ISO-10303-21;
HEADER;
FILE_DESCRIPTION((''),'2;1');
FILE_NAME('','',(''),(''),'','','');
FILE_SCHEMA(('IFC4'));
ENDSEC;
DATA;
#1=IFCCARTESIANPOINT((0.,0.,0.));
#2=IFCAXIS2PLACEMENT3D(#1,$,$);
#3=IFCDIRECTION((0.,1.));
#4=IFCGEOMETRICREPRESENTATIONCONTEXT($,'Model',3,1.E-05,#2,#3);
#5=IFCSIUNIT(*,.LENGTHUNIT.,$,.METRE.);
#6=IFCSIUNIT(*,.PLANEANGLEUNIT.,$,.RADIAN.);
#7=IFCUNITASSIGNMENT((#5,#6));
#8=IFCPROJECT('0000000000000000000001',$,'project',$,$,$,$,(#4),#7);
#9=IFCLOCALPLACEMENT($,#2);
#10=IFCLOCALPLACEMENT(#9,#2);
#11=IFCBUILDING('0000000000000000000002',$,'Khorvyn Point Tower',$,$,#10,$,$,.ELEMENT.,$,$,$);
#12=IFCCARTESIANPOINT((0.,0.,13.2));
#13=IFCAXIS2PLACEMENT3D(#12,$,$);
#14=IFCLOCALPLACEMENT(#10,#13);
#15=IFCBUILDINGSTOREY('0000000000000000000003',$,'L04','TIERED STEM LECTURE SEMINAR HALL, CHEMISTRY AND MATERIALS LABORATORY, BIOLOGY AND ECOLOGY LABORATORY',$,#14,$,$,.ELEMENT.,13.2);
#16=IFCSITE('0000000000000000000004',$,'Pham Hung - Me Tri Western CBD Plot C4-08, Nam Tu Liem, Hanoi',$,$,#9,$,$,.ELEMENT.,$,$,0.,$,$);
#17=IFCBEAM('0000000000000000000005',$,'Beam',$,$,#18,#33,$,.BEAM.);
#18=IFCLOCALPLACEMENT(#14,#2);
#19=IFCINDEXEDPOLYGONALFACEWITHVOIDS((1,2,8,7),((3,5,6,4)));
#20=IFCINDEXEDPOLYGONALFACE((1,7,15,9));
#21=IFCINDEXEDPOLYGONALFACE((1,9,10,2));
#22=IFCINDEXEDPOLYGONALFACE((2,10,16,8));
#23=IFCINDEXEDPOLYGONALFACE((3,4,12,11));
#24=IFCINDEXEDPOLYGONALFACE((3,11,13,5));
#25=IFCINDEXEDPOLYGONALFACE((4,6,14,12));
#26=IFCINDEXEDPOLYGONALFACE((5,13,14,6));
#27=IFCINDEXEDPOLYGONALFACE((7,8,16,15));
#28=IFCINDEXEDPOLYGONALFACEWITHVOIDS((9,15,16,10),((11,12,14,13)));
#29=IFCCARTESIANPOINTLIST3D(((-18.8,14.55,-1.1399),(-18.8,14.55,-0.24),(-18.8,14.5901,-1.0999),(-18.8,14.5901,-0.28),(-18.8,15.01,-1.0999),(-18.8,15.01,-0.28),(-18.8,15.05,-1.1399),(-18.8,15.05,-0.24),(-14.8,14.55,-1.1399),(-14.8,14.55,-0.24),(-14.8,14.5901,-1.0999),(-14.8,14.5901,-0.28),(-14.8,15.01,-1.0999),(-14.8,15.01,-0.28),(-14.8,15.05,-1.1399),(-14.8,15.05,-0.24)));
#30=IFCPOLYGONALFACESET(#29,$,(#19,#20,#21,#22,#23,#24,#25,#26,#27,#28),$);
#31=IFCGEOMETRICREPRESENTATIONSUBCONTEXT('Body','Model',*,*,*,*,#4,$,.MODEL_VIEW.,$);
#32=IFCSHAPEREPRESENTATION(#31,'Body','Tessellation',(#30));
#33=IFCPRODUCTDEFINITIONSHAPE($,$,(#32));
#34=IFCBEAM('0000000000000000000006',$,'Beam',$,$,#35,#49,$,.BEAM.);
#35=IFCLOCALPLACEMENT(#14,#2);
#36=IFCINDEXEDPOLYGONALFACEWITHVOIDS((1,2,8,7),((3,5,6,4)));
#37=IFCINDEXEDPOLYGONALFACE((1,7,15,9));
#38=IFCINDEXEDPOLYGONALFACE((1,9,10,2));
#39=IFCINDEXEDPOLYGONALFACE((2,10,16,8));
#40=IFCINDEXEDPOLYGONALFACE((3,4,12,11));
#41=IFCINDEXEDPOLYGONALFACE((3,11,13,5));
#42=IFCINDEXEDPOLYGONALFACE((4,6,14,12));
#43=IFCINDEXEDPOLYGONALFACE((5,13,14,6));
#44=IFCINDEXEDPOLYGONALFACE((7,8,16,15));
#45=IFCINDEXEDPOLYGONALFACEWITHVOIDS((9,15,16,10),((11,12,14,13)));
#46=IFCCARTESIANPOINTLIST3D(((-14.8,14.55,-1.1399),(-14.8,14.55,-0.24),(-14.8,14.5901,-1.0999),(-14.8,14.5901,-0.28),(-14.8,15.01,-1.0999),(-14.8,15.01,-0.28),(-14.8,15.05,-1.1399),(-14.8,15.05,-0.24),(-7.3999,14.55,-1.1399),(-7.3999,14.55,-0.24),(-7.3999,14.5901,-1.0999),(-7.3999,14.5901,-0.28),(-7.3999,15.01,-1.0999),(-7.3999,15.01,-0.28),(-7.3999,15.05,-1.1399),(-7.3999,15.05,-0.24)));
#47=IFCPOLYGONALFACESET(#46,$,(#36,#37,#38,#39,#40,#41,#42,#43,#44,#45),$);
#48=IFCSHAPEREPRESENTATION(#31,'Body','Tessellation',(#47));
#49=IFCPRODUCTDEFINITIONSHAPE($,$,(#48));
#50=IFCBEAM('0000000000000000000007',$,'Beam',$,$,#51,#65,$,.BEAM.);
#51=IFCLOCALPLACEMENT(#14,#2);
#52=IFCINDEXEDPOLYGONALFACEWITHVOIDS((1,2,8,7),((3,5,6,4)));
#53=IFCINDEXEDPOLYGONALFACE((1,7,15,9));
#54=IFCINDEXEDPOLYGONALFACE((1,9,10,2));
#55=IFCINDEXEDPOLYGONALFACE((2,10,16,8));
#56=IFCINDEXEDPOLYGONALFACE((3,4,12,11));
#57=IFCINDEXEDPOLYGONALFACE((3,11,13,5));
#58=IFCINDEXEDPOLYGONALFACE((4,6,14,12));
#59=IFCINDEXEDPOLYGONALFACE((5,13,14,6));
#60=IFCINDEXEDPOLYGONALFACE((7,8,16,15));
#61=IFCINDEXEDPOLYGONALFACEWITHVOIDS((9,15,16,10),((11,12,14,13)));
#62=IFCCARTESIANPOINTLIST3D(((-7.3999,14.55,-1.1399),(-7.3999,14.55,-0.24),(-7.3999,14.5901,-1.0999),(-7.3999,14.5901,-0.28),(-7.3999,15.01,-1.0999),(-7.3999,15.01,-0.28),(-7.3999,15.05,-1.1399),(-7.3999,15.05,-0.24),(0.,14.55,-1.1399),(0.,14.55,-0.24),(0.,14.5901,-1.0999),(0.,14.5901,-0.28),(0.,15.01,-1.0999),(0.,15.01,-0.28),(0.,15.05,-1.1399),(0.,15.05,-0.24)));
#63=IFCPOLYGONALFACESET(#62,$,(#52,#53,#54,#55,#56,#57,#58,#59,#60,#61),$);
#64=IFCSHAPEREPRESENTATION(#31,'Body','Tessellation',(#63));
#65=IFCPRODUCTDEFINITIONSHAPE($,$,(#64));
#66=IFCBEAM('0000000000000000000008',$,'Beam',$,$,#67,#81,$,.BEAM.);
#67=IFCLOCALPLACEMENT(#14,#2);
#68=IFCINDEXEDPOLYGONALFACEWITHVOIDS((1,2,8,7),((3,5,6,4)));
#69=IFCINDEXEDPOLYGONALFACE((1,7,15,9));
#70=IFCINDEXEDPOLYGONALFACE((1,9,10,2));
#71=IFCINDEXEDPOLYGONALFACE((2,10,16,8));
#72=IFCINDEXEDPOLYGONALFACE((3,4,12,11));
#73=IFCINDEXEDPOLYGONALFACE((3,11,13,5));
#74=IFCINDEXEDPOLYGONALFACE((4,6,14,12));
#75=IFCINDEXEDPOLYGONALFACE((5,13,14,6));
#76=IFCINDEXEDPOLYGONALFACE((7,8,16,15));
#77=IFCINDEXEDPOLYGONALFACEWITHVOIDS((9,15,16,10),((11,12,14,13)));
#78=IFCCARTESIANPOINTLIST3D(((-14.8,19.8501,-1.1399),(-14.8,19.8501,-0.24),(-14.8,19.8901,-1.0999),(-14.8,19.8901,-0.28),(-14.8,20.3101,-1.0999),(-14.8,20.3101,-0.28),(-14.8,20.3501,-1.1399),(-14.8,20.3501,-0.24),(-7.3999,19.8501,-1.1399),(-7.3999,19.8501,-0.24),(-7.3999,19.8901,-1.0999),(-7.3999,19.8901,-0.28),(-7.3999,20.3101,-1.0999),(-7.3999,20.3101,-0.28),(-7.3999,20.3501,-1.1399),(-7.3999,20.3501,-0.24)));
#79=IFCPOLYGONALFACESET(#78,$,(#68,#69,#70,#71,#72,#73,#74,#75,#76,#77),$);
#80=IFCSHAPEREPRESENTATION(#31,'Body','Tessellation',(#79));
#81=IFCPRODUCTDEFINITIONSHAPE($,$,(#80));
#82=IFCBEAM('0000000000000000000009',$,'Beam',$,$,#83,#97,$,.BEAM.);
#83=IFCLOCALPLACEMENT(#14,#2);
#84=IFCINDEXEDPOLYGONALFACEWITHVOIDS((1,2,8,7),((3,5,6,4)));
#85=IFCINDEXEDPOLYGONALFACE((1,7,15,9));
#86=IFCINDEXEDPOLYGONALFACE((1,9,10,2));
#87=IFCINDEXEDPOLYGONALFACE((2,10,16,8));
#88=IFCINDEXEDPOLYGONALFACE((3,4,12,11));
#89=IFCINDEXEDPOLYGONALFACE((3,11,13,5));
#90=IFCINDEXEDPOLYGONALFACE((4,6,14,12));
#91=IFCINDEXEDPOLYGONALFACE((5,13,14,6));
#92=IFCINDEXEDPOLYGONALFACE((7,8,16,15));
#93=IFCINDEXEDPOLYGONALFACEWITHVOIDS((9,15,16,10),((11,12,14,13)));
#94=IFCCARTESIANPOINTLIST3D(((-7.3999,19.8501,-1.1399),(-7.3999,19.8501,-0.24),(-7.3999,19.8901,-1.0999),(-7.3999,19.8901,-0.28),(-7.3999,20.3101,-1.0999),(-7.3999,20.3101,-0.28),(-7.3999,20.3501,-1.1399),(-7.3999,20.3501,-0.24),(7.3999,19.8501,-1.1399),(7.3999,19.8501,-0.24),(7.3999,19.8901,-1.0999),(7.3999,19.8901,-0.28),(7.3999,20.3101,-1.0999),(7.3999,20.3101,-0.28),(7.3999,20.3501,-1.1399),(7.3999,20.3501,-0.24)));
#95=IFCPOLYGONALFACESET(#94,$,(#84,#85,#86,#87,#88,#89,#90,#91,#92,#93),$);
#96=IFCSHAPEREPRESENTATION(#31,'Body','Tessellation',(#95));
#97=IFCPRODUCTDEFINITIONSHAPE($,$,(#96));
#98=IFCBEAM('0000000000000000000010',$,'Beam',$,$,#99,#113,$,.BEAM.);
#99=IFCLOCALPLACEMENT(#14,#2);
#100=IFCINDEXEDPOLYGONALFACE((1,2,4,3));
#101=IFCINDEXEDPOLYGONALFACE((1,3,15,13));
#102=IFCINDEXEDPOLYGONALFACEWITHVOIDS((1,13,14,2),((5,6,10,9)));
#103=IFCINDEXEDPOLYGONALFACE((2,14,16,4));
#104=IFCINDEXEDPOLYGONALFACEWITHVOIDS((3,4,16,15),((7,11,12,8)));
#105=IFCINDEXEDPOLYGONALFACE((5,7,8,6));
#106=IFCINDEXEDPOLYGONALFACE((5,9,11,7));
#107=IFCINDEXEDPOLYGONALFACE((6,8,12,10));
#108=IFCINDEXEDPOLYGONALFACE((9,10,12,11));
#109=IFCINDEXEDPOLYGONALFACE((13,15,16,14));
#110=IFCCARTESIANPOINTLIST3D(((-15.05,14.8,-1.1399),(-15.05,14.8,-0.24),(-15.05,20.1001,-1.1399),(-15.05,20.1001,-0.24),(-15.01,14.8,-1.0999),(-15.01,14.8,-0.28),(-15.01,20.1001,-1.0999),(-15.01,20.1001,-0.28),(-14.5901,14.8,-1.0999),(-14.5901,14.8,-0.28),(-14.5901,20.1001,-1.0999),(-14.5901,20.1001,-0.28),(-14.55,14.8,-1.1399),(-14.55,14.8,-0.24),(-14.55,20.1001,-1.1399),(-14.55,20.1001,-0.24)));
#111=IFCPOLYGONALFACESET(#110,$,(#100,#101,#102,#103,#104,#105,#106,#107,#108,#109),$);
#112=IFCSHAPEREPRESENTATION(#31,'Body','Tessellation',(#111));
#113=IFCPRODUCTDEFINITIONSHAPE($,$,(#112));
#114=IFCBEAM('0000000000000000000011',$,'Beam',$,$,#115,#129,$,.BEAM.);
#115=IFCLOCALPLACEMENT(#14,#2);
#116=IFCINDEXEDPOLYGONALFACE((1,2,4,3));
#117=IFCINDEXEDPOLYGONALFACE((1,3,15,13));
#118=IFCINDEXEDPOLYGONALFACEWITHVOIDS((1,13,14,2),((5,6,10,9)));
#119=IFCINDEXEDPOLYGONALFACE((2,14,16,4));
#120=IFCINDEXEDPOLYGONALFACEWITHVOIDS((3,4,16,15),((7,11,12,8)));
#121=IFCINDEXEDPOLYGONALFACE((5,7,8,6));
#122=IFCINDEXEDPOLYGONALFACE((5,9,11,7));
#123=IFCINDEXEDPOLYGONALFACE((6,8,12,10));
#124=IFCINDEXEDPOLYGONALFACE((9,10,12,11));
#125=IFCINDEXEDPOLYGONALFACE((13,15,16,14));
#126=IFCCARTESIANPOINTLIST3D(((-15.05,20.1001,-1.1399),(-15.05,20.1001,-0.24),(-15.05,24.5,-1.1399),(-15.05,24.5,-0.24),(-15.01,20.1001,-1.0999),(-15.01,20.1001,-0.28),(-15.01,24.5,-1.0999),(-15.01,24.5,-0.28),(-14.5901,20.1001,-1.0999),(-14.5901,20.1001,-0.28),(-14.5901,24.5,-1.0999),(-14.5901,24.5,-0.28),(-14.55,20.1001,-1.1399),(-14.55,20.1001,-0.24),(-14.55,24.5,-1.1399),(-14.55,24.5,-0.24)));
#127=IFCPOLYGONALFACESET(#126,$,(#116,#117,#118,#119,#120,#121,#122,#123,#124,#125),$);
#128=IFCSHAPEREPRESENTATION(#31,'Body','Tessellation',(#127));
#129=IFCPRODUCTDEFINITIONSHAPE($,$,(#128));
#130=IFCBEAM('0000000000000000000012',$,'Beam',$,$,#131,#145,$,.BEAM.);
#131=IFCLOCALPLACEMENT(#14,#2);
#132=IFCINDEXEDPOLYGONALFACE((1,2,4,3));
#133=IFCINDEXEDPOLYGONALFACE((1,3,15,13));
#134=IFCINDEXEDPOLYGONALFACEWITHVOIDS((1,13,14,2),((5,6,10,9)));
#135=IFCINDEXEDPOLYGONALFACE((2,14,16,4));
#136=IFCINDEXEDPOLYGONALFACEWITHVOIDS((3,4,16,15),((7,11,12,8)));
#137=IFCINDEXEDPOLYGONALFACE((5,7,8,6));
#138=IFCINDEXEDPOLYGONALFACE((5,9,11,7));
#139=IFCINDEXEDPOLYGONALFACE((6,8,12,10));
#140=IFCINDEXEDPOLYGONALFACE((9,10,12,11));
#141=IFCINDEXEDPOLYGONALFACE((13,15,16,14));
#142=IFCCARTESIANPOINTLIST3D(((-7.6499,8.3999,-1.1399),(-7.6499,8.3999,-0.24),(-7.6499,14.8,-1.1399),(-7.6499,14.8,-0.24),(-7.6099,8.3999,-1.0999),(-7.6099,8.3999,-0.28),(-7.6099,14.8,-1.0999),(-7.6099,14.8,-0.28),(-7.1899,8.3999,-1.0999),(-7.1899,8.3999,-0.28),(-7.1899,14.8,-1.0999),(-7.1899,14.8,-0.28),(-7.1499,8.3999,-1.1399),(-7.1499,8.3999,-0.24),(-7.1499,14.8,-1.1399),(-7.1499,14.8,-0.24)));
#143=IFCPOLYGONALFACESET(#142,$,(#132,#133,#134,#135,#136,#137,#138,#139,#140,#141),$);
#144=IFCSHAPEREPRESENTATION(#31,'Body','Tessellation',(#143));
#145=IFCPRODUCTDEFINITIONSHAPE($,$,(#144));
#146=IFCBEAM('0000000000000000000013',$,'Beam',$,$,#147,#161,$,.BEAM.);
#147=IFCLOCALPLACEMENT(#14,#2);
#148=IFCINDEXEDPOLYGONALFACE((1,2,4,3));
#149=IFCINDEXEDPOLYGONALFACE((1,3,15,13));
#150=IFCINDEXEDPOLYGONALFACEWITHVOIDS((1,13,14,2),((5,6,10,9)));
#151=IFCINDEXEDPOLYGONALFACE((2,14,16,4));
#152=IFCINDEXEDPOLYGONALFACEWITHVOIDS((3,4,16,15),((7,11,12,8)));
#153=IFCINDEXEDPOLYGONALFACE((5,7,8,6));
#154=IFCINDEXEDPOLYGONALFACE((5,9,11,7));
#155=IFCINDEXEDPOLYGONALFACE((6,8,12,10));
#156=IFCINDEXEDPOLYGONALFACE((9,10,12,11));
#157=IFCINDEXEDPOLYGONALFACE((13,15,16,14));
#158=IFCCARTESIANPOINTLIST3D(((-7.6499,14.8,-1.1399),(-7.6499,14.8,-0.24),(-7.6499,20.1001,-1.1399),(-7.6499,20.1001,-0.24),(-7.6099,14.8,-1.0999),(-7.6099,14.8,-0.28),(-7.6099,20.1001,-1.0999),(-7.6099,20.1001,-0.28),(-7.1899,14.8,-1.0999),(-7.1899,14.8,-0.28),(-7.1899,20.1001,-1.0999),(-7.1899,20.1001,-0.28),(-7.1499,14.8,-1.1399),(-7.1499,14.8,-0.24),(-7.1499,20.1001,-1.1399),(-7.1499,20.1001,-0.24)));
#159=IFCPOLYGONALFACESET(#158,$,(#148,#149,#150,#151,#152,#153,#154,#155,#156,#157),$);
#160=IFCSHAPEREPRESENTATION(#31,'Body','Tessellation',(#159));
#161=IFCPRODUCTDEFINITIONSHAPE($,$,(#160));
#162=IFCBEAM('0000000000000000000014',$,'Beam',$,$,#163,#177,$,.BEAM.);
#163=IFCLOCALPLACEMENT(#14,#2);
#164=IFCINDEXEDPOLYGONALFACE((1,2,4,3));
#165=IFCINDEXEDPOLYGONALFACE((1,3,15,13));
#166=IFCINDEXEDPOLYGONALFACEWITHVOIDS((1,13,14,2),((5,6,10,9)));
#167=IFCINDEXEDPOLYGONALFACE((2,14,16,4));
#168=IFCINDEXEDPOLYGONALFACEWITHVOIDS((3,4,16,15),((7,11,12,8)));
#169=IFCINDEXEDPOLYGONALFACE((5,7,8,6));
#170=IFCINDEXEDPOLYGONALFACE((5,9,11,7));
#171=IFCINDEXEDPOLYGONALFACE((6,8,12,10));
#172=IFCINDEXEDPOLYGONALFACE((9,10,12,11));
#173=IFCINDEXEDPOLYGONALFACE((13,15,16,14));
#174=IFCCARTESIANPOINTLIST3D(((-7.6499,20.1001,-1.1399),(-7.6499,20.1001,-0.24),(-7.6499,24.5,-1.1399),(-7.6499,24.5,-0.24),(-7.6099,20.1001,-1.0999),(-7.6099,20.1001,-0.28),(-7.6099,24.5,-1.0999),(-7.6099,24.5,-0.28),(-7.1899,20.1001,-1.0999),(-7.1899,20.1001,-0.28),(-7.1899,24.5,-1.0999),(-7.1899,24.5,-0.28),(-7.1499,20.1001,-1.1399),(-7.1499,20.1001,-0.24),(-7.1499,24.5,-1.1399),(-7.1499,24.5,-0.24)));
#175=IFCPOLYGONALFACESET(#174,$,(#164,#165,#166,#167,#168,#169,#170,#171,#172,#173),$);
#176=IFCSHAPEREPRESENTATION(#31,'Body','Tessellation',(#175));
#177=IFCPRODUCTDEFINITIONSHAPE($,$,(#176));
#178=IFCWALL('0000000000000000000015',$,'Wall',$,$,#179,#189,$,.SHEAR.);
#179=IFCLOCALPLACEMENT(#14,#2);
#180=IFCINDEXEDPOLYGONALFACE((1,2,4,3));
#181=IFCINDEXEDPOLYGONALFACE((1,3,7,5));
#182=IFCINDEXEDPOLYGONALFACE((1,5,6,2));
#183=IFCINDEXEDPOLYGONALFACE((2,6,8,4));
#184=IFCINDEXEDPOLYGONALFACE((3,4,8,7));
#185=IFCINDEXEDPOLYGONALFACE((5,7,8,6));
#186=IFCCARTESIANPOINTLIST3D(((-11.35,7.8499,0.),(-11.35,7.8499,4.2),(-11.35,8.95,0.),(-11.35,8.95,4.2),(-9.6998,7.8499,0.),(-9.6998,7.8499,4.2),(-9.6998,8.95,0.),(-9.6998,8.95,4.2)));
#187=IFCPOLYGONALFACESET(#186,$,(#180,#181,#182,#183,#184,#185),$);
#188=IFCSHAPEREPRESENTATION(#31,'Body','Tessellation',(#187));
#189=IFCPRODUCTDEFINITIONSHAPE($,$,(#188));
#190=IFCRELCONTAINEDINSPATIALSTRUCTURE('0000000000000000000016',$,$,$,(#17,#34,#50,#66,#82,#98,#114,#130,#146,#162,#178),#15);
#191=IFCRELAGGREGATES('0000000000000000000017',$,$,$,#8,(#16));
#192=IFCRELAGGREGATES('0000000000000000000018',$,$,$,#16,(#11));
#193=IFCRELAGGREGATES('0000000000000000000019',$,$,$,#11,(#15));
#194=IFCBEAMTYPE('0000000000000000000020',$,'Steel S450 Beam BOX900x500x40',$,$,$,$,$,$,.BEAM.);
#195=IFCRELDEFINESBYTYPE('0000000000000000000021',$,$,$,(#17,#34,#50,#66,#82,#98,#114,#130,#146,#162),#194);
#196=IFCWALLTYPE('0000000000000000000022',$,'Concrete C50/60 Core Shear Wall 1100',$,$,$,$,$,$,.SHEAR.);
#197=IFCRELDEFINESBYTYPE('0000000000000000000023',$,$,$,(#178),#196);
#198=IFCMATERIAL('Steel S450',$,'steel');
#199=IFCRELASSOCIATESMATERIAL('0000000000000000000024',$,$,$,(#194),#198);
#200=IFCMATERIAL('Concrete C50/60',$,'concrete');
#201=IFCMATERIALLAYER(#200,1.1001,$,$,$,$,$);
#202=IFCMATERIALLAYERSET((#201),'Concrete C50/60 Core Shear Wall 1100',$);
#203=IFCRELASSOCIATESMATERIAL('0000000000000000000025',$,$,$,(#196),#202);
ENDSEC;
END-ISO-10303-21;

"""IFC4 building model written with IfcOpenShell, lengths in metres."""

from ifc_helpers import new_model, si_unit, direction, frame, frame_2d, origin, origin_2d, place, context, subcontext, project, spatial, rectangle, hollow_rectangle, extrude, material, layer, layer_set, material_profile, profile_set, type_object, element, save


model = new_model("IFC4")

# Units and contexts
model_context = context("Model", 3, precision=1e-05, world=origin(), true_north=direction((0.0, 1.0)))
body_context = subcontext(model_context, "Body", "Model", "MODEL_VIEW")
ifc_project = project(units=[si_unit("LENGTHUNIT", "METRE"), si_unit("PLANEANGLEUNIT", "RADIAN")], contexts=[model_context])

# Site, building, storey
site_placement = place(None, origin())
site = spatial("IfcSite", under=ifc_project, at=site_placement, Name="Pham Hung - Me Tri Western CBD Plot C4-08, Nam Tu Liem, Hanoi", CompositionType="ELEMENT", RefElevation=0.0)
building_placement = place(site_placement, origin())
building = spatial("IfcBuilding", under=site, at=building_placement, Name="Khorvyn Point Tower", CompositionType="ELEMENT")
storey_placement = place(building_placement, frame((0.0, 0.0, 13.2)))
storey = spatial("IfcBuildingStorey", under=building, at=storey_placement, Name="L04", Description="TIERED STEM LECTURE SEMINAR HALL, CHEMISTRY AND MATERIALS LABORATORY, BIOLOGY AND ECOLOGY LABORATORY", CompositionType="ELEMENT", Elevation=13.2)

# Shared definitions
ifc_material_1 = material(Name="Concrete C50/60", Category="concrete")

# Beams
ifc_material_2 = material(Name="Steel S450", Category="steel")
ifc_material_profile_1 = material_profile(ifc_material_2, hollow_rectangle(XDim=0.5, YDim=0.8999, WallThickness=0.04, at=origin_2d()))
ifc_profile_set_1 = profile_set([ifc_material_profile_1], Name="Steel S450 BOX900x500x40")
beam_type_1 = type_object("IfcBeamType", Name="Steel S450 Beam BOX900x500x40", PredefinedType="BEAM", material=ifc_profile_set_1)
beam_1_placement = place(storey_placement, frame((-18.8, 14.8, -0.6899), z_axis=(1.0, 0.0, 0.0), x_axis=(0.0, 1.0, 0.0)))
element("IfcBeam", 1, at=beam_1_placement, inside=storey, type_object=beam_type_1, Name="Beam", PredefinedType="BEAM", context=body_context, shape_type="SweptSolid", body=[
    extrude(hollow_rectangle(XDim=0.5, YDim=0.8999, WallThickness=0.04, at=origin_2d()), origin(), (0.0, 0.0, 1.0), 4.0),
])
beam_2_placement = place(storey_placement, frame((-14.8, 14.8, -0.6899), z_axis=(1.0, 0.0, 0.0), x_axis=(0.0, 1.0, 0.0)))
element("IfcBeam", 2, at=beam_2_placement, inside=storey, type_object=beam_type_1, Name="Beam", PredefinedType="BEAM", context=body_context, shape_type="SweptSolid", body=[
    extrude(hollow_rectangle(XDim=0.5, YDim=0.8999, WallThickness=0.04, at=origin_2d()), origin(), (0.0, 0.0, 1.0), 7.4001),
])
beam_3_placement = place(storey_placement, frame((-7.3999, 14.8, -0.6899), z_axis=(1.0, 0.0, 0.0), x_axis=(0.0, 1.0, 0.0)))
element("IfcBeam", 3, at=beam_3_placement, inside=storey, type_object=beam_type_1, Name="Beam", PredefinedType="BEAM", context=body_context, shape_type="SweptSolid", body=[
    extrude(hollow_rectangle(XDim=0.5, YDim=0.8999, WallThickness=0.04, at=origin_2d()), origin(), (0.0, 0.0, 1.0), 7.3999),
])
beam_4_placement = place(storey_placement, frame((-14.8, 20.1001, -0.6899), z_axis=(1.0, 0.0, 0.0), x_axis=(0.0, 1.0, 0.0)))
element("IfcBeam", 4, at=beam_4_placement, inside=storey, type_object=beam_type_1, Name="Beam", PredefinedType="BEAM", context=body_context, shape_type="SweptSolid", body=[
    extrude(hollow_rectangle(XDim=0.5, YDim=0.8999, WallThickness=0.04, at=origin_2d()), origin(), (0.0, 0.0, 1.0), 7.4001),
])
beam_5_placement = place(storey_placement, frame((-7.3999, 20.1001, -0.6899), z_axis=(1.0, 0.0, 0.0), x_axis=(0.0, 1.0, 0.0)))
element("IfcBeam", 5, at=beam_5_placement, inside=storey, type_object=beam_type_1, Name="Beam", PredefinedType="BEAM", context=body_context, shape_type="SweptSolid", body=[
    extrude(hollow_rectangle(XDim=0.5, YDim=0.8999, WallThickness=0.04, at=origin_2d()), origin(), (0.0, 0.0, 1.0), 14.7998),
])
beam_6_placement = place(storey_placement, frame((-14.8, 14.8, -0.6899), z_axis=(0.0, 1.0, 0.0), x_axis=(-1.0, 0.0, 0.0)))
element("IfcBeam", 6, at=beam_6_placement, inside=storey, type_object=beam_type_1, Name="Beam", PredefinedType="BEAM", context=body_context, shape_type="SweptSolid", body=[
    extrude(hollow_rectangle(XDim=0.5, YDim=0.8999, WallThickness=0.04, at=origin_2d()), origin(), (0.0, 0.0, 1.0), 5.3),
])
beam_7_placement = place(storey_placement, frame((-14.8, 20.1001, -0.6899), z_axis=(0.0, 1.0, 0.0), x_axis=(-1.0, 0.0, 0.0)))
element("IfcBeam", 7, at=beam_7_placement, inside=storey, type_object=beam_type_1, Name="Beam", PredefinedType="BEAM", context=body_context, shape_type="SweptSolid", body=[
    extrude(hollow_rectangle(XDim=0.5, YDim=0.8999, WallThickness=0.04, at=origin_2d()), origin(), (0.0, 0.0, 1.0), 4.3999),
])
beam_8_placement = place(storey_placement, frame((-7.3999, 8.3999, -0.6899), z_axis=(0.0, 1.0, 0.0), x_axis=(-1.0, 0.0, 0.0)))
element("IfcBeam", 8, at=beam_8_placement, inside=storey, type_object=beam_type_1, Name="Beam", PredefinedType="BEAM", context=body_context, shape_type="SweptSolid", body=[
    extrude(hollow_rectangle(XDim=0.5, YDim=0.8999, WallThickness=0.04, at=origin_2d()), origin(), (0.0, 0.0, 1.0), 6.4001),
])
beam_9_placement = place(storey_placement, frame((-7.3999, 14.8, -0.6899), z_axis=(0.0, 1.0, 0.0), x_axis=(-1.0, 0.0, 0.0)))
element("IfcBeam", 9, at=beam_9_placement, inside=storey, type_object=beam_type_1, Name="Beam", PredefinedType="BEAM", context=body_context, shape_type="SweptSolid", body=[
    extrude(hollow_rectangle(XDim=0.5, YDim=0.8999, WallThickness=0.04, at=origin_2d()), origin(), (0.0, 0.0, 1.0), 5.3),
])
beam_10_placement = place(storey_placement, frame((-7.3999, 20.1001, -0.6899), z_axis=(0.0, 1.0, 0.0), x_axis=(-1.0, 0.0, 0.0)))
element("IfcBeam", 10, at=beam_10_placement, inside=storey, type_object=beam_type_1, Name="Beam", PredefinedType="BEAM", context=body_context, shape_type="SweptSolid", body=[
    extrude(hollow_rectangle(XDim=0.5, YDim=0.8999, WallThickness=0.04, at=origin_2d()), origin(), (0.0, 0.0, 1.0), 4.3999),
])

# Wall
ifc_layer_1 = layer(ifc_material_1, 1.1001)
ifc_layer_set_1 = layer_set([ifc_layer_1], Name="Concrete C50/60 Core Shear Wall 1100")
wall_type_1 = type_object("IfcWallType", Name="Concrete C50/60 Core Shear Wall 1100", PredefinedType="SHEAR", material=ifc_layer_set_1)
wall_1_placement = place(storey_placement, frame((-11.3501, 8.3999, 0.0), z_axis=(0.0, 0.0, 1.0), x_axis=(1.0, 0.0, 0.0)))
element("IfcWall", 11, at=wall_1_placement, inside=storey, type_object=wall_type_1, Name="Wall", PredefinedType="SHEAR", context=body_context, shape_type="SweptSolid", body=[
    extrude(rectangle(XDim=1.6501, YDim=1.1001, at=frame_2d((0.8252, 0.0))), origin(), (0.0, 0.0, 1.0), 4.2),
])

save(model, "model.ifc")
